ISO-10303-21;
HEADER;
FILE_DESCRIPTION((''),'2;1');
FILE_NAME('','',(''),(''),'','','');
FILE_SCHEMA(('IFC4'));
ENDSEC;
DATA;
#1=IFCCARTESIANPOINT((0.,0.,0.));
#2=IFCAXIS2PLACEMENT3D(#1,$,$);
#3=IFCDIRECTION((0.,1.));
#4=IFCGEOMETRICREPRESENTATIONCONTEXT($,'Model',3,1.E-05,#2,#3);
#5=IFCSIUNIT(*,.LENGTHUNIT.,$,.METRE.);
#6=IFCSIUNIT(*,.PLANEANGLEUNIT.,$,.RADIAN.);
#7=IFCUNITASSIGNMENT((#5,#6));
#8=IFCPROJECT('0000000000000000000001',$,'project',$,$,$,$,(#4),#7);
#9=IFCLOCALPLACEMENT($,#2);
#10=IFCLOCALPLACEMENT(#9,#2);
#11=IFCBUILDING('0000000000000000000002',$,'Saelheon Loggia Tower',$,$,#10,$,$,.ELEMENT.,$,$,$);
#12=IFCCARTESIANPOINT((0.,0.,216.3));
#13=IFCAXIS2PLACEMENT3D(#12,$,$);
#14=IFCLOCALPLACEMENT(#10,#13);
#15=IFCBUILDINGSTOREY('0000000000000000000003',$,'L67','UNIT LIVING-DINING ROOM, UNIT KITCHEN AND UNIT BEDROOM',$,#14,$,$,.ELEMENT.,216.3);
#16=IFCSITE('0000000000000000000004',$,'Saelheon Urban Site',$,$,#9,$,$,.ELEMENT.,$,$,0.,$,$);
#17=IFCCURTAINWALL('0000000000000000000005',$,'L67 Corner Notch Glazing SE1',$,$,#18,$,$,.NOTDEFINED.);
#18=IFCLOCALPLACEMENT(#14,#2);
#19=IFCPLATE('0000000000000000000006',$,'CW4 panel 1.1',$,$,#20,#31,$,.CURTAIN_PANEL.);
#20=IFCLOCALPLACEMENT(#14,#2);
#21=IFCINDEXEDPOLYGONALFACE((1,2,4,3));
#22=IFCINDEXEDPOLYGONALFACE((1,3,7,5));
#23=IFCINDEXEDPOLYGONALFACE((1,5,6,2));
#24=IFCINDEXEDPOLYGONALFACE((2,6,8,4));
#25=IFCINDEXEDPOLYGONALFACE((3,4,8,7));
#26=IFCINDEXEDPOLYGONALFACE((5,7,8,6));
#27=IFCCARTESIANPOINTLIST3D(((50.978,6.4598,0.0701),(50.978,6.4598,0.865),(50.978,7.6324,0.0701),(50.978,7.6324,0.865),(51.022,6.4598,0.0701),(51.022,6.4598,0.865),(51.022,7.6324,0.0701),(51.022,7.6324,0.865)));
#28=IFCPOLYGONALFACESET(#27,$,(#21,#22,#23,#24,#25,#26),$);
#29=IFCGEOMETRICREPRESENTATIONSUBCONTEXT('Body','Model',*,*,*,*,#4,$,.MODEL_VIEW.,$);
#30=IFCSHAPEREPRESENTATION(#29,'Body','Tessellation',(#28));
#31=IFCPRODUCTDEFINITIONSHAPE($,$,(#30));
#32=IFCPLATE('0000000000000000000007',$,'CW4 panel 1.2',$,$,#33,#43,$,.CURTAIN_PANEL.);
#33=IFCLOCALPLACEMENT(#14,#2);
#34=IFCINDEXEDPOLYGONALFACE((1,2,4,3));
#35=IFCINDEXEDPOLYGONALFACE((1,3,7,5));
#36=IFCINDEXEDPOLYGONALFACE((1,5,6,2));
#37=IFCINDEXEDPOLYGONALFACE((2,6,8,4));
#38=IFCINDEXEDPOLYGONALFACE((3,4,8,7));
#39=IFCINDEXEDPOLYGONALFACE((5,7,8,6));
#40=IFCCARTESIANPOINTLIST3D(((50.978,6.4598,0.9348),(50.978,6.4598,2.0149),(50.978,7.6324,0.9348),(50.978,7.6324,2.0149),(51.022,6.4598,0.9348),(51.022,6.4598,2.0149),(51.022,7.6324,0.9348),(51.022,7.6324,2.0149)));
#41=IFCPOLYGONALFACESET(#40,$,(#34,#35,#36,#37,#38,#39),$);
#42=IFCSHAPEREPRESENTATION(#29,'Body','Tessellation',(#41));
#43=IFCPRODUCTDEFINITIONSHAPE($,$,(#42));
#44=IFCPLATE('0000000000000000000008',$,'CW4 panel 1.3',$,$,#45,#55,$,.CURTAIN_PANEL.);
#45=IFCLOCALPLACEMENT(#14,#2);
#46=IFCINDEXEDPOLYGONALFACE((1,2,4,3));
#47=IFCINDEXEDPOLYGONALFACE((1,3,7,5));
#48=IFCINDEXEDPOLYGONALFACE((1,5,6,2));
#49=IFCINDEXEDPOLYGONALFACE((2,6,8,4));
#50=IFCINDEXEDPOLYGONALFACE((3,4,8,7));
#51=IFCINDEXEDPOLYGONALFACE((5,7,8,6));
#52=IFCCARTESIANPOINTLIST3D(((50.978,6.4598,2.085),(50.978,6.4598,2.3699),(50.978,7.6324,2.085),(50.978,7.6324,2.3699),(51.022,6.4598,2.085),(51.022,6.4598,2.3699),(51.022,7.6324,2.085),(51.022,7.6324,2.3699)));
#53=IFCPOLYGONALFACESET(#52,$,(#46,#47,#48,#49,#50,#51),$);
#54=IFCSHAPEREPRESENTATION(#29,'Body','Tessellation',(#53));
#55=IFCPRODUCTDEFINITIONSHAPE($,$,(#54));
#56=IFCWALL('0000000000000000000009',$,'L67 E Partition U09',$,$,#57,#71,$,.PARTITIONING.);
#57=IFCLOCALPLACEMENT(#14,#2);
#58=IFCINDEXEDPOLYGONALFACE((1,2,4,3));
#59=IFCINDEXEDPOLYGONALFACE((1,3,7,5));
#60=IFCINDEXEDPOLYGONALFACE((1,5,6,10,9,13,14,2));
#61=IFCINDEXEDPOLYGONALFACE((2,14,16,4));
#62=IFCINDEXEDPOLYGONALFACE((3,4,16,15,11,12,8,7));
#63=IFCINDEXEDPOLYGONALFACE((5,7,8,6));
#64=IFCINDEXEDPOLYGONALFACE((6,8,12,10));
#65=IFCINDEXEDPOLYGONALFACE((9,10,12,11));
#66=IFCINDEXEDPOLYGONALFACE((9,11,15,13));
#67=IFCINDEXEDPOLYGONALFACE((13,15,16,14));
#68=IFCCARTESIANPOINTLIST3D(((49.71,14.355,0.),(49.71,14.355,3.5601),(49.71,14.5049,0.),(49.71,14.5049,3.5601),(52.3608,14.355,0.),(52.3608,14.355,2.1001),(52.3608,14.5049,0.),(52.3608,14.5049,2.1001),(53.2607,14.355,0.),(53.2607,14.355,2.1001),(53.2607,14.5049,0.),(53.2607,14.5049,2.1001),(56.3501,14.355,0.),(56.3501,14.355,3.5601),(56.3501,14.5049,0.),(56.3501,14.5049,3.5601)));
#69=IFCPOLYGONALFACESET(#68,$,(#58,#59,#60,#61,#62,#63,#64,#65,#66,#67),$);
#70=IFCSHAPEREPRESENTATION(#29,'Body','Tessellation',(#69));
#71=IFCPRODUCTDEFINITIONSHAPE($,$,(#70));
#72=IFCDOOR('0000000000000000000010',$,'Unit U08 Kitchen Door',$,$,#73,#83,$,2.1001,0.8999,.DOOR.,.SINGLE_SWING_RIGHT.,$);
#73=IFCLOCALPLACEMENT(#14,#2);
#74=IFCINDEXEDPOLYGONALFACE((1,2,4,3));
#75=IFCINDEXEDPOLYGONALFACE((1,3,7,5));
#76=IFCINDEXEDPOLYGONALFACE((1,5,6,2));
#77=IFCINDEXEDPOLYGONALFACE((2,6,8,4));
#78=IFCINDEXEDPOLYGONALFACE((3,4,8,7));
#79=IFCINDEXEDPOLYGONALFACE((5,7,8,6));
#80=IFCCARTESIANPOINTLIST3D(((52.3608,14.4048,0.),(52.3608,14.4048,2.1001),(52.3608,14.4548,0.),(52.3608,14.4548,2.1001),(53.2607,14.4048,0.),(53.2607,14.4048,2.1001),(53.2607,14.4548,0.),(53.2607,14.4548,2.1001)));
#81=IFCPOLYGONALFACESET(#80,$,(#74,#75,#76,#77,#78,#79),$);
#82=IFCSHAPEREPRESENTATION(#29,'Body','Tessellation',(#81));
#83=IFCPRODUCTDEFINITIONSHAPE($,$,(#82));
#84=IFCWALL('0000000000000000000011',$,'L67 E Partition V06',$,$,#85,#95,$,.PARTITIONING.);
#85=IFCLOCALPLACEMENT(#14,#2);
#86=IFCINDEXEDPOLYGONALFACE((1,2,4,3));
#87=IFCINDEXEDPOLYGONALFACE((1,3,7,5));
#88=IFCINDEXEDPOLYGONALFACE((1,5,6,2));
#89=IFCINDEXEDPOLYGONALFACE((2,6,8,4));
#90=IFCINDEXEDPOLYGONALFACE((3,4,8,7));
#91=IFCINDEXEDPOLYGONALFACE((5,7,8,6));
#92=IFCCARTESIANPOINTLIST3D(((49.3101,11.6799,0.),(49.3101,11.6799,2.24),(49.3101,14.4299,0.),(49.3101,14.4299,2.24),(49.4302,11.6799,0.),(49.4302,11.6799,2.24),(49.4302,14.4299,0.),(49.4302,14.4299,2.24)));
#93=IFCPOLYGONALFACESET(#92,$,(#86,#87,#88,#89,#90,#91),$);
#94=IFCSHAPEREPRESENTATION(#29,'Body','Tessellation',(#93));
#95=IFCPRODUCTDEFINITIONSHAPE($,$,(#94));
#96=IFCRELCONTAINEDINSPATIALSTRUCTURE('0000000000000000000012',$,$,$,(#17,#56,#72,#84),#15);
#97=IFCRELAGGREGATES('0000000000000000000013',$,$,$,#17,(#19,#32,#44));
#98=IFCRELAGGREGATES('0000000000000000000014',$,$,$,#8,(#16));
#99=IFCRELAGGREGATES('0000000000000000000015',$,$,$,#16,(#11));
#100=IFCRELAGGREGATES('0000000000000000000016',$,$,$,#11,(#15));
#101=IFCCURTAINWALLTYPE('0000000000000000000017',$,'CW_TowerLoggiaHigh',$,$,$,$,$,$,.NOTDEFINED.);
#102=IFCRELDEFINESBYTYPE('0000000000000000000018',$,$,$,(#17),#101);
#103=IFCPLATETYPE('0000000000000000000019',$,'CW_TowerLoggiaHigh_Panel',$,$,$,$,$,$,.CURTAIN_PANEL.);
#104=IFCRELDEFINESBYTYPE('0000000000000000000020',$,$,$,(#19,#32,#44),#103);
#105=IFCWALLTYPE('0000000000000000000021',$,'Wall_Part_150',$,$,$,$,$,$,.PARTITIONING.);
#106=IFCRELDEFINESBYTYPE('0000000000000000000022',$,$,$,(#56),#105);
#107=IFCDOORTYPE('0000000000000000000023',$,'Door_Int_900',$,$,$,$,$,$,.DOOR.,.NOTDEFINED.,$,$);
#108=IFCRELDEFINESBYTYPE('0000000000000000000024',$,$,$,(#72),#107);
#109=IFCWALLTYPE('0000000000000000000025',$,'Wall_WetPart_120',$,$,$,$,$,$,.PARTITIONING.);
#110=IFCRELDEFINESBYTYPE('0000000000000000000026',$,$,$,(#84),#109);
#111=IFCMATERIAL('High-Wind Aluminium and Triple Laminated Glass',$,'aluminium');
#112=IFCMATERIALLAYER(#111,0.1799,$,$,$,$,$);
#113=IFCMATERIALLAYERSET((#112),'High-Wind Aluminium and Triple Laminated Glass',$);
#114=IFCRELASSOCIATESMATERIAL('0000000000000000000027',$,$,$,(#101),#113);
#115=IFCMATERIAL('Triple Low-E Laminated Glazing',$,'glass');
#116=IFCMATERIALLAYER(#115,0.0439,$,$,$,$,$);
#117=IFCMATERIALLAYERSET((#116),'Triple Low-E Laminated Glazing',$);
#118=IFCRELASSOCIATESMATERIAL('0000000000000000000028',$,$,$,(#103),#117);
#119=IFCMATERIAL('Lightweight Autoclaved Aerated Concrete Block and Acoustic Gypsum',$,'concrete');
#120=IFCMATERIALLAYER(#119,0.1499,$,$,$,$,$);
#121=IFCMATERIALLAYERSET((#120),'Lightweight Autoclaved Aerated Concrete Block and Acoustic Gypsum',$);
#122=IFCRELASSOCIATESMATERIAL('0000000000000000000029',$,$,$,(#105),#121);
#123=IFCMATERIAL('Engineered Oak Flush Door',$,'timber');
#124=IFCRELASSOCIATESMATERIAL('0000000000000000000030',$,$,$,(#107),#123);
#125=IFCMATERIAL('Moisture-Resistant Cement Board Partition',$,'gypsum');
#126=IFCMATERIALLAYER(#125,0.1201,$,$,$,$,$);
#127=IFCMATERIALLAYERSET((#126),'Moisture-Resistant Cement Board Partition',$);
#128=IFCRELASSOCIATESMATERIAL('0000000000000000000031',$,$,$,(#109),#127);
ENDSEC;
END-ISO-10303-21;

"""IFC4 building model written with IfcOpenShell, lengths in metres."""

from ifc_helpers import new_model, si_unit, direction, frame, frame_2d, origin, origin_2d, place, context, subcontext, project, spatial, rectangle, extrude, source, transform, mapped, material, layer, layer_set, type_object, element, fill, aggregate, save


model = new_model("IFC4")

# Units and contexts
model_context = context("Model", 3, precision=1e-05, world=origin(), true_north=direction((0.0, 1.0)))
body_context = subcontext(model_context, "Body", "Model", "MODEL_VIEW")
ifc_project = project(units=[si_unit("LENGTHUNIT", "METRE"), si_unit("PLANEANGLEUNIT", "RADIAN")], contexts=[model_context])

# Site, building, storey
site_placement = place(None, origin())
site = spatial("IfcSite", under=ifc_project, at=site_placement, Name="Saelheon Urban Site", CompositionType="ELEMENT", RefElevation=0.0)
building_placement = place(site_placement, origin())
building = spatial("IfcBuilding", under=site, at=building_placement, Name="Saelheon Loggia Tower", CompositionType="ELEMENT")
storey_placement = place(building_placement, frame((0.0, 0.0, 216.3)))
storey = spatial("IfcBuildingStorey", under=building, at=storey_placement, Name="L67", Description="UNIT LIVING-DINING ROOM, UNIT KITCHEN AND UNIT BEDROOM", CompositionType="ELEMENT", Elevation=216.3)

# Curtain wall, plates
ifc_material_1 = material(Name="High-Wind Aluminium and Triple Laminated Glass", Category="aluminium")
ifc_layer_1 = layer(ifc_material_1, 0.1799)
ifc_layer_set_1 = layer_set([ifc_layer_1], Name="High-Wind Aluminium and Triple Laminated Glass")
curtain_wall_type = type_object("IfcCurtainWallType", Name="CW_TowerLoggiaHigh", PredefinedType="NOTDEFINED", material=ifc_layer_set_1)
curtain_wall_placement = place(storey_placement, origin())
curtain_wall = element("IfcCurtainWall", 1, at=curtain_wall_placement, inside=storey, type_object=curtain_wall_type, Name="L67 Corner Notch Glazing SE1", PredefinedType="NOTDEFINED")
ifc_material_2 = material(Name="Triple Low-E Laminated Glazing", Category="glass")
ifc_layer_2 = layer(ifc_material_2, 0.0439)
ifc_layer_set_2 = layer_set([ifc_layer_2], Name="Triple Low-E Laminated Glazing")
plate_type = type_object("IfcPlateType", Name="CW_TowerLoggiaHigh_Panel", PredefinedType="CURTAIN_PANEL", material=ifc_layer_set_2)
shared_shape_1 = source(origin(), body_context, "Body", "SweptSolid", [
    extrude(rectangle(XDim=1.1726, YDim=0.0439, at=origin_2d()), origin(), (0.0, 0.0, 1.0), 0.7949),
])
plate_1_placement = place(storey_placement, frame((51.0, 7.0461, 0.0701), z_axis=(0.0, 0.0, 1.0), x_axis=(0.0, 1.0, 0.0)))
plate_1 = element("IfcPlate", 2, at=plate_1_placement, type_object=plate_type, Name="CW4 panel 1.1", PredefinedType="CURTAIN_PANEL", context=body_context, shape_type="MappedRepresentation", body=[
    mapped(shared_shape_1, transform((0.0, 0.0, 0.0), scale=1.0)),
])
shared_shape_2 = source(origin(), body_context, "Body", "SweptSolid", [
    extrude(rectangle(XDim=1.1726, YDim=0.0439, at=origin_2d()), origin(), (0.0, 0.0, 1.0), 1.0801),
])
plate_2_placement = place(storey_placement, frame((51.0, 7.0461, 0.9348), z_axis=(0.0, 0.0, 1.0), x_axis=(0.0, 1.0, 0.0)))
plate_2 = element("IfcPlate", 3, at=plate_2_placement, type_object=plate_type, Name="CW4 panel 1.2", PredefinedType="CURTAIN_PANEL", context=body_context, shape_type="MappedRepresentation", body=[
    mapped(shared_shape_2, transform((0.0, 0.0, 0.0), scale=1.0)),
])
shared_shape_3 = source(origin(), body_context, "Body", "SweptSolid", [
    extrude(rectangle(XDim=1.1726, YDim=0.0439, at=origin_2d()), origin(), (0.0, 0.0, 1.0), 0.2849),
])
plate_3_placement = place(storey_placement, frame((51.0, 7.0461, 2.085), z_axis=(0.0, 0.0, 1.0), x_axis=(0.0, 1.0, 0.0)))
plate_3 = element("IfcPlate", 4, at=plate_3_placement, type_object=plate_type, Name="CW4 panel 1.3", PredefinedType="CURTAIN_PANEL", context=body_context, shape_type="MappedRepresentation", body=[
    mapped(shared_shape_3, transform((0.0, 0.0, 0.0), scale=1.0)),
])
aggregate(curtain_wall, [plate_1, plate_2, plate_3])

# Wall, opening, door
ifc_material_3 = material(Name="Lightweight Autoclaved Aerated Concrete Block and Acoustic Gypsum", Category="concrete")
ifc_layer_3 = layer(ifc_material_3, 0.1499)
ifc_layer_set_3 = layer_set([ifc_layer_3], Name="Lightweight Autoclaved Aerated Concrete Block and Acoustic Gypsum")
wall_type_1 = type_object("IfcWallType", Name="Wall_Part_150", PredefinedType="PARTITIONING", material=ifc_layer_set_3)
wall_1_placement = place(storey_placement, frame((49.71, 14.4299, 0.0), z_axis=(0.0, 0.0, 1.0), x_axis=(1.0, 0.0, 0.0)))
wall_1 = element("IfcWall", 5, at=wall_1_placement, inside=storey, type_object=wall_type_1, Name="L67 E Partition U09", PredefinedType="PARTITIONING", context=body_context, shape_type="SweptSolid", body=[
    extrude(rectangle(XDim=6.6401, YDim=0.1499, at=frame_2d((3.3201, 0.0))), origin(), (0.0, 0.0, 1.0), 3.5601),
])
opening_placement = place(wall_1_placement, frame((2.6509, 0.0, 0.0)))
opening = element("IfcOpeningElement", 6, at=opening_placement, cuts=wall_1, PredefinedType="OPENING", context=body_context, shape_type="SweptSolid", body=[
    extrude(rectangle(XDim=0.8999, YDim=2.1001, at=frame_2d((0.45, 1.05))), frame((0.0, 0.0869, 0.0), z_axis=(0.0, -1.0, 0.0), x_axis=(1.0, 0.0, 0.0)), (0.0, 0.0, 1.0), 0.1738),
])
ifc_material_4 = material(Name="Engineered Oak Flush Door", Category="timber")
door_type = type_object("IfcDoorType", Name="Door_Int_900", OperationType="NOTDEFINED", PredefinedType="DOOR", material=ifc_material_4)
shared_shape_4 = source(origin(), body_context, "Body", "SweptSolid", [
    extrude(rectangle(XDim=0.8999, YDim=2.1001, at=frame_2d((0.45, 1.05))), frame((0.0, 0.0249, 0.0), z_axis=(0.0, -1.0, 0.0), x_axis=(1.0, 0.0, 0.0)), (0.0, 0.0, 1.0), 0.05),
])
door_placement = place(opening_placement, origin())
door = element("IfcDoor", 7, at=door_placement, inside=storey, type_object=door_type, Name="Unit U08 Kitchen Door", OperationType="SINGLE_SWING_RIGHT", OverallHeight=2.1001, OverallWidth=0.8999, PredefinedType="DOOR", context=body_context, shape_type="MappedRepresentation", body=[
    mapped(shared_shape_4, transform((0.0, 0.0, 0.0), scale=1.0)),
])
fill(opening, door)

# Wall
ifc_material_5 = material(Name="Moisture-Resistant Cement Board Partition", Category="gypsum")
ifc_layer_4 = layer(ifc_material_5, 0.1201)
ifc_layer_set_4 = layer_set([ifc_layer_4], Name="Moisture-Resistant Cement Board Partition")
wall_type_2 = type_object("IfcWallType", Name="Wall_WetPart_120", PredefinedType="PARTITIONING", material=ifc_layer_set_4)
wall_2_placement = place(storey_placement, frame((49.3701, 11.6799, 0.0), z_axis=(0.0, 0.0, 1.0), x_axis=(0.0, 1.0, 0.0)))
element("IfcWall", 8, at=wall_2_placement, inside=storey, type_object=wall_type_2, Name="L67 E Partition V06", PredefinedType="PARTITIONING", context=body_context, shape_type="SweptSolid", body=[
    extrude(rectangle(XDim=2.75, YDim=0.1201, at=frame_2d((1.375, 0.0))), origin(), (0.0, 0.0, 1.0), 2.24),
])

save(model, "model.ifc")
